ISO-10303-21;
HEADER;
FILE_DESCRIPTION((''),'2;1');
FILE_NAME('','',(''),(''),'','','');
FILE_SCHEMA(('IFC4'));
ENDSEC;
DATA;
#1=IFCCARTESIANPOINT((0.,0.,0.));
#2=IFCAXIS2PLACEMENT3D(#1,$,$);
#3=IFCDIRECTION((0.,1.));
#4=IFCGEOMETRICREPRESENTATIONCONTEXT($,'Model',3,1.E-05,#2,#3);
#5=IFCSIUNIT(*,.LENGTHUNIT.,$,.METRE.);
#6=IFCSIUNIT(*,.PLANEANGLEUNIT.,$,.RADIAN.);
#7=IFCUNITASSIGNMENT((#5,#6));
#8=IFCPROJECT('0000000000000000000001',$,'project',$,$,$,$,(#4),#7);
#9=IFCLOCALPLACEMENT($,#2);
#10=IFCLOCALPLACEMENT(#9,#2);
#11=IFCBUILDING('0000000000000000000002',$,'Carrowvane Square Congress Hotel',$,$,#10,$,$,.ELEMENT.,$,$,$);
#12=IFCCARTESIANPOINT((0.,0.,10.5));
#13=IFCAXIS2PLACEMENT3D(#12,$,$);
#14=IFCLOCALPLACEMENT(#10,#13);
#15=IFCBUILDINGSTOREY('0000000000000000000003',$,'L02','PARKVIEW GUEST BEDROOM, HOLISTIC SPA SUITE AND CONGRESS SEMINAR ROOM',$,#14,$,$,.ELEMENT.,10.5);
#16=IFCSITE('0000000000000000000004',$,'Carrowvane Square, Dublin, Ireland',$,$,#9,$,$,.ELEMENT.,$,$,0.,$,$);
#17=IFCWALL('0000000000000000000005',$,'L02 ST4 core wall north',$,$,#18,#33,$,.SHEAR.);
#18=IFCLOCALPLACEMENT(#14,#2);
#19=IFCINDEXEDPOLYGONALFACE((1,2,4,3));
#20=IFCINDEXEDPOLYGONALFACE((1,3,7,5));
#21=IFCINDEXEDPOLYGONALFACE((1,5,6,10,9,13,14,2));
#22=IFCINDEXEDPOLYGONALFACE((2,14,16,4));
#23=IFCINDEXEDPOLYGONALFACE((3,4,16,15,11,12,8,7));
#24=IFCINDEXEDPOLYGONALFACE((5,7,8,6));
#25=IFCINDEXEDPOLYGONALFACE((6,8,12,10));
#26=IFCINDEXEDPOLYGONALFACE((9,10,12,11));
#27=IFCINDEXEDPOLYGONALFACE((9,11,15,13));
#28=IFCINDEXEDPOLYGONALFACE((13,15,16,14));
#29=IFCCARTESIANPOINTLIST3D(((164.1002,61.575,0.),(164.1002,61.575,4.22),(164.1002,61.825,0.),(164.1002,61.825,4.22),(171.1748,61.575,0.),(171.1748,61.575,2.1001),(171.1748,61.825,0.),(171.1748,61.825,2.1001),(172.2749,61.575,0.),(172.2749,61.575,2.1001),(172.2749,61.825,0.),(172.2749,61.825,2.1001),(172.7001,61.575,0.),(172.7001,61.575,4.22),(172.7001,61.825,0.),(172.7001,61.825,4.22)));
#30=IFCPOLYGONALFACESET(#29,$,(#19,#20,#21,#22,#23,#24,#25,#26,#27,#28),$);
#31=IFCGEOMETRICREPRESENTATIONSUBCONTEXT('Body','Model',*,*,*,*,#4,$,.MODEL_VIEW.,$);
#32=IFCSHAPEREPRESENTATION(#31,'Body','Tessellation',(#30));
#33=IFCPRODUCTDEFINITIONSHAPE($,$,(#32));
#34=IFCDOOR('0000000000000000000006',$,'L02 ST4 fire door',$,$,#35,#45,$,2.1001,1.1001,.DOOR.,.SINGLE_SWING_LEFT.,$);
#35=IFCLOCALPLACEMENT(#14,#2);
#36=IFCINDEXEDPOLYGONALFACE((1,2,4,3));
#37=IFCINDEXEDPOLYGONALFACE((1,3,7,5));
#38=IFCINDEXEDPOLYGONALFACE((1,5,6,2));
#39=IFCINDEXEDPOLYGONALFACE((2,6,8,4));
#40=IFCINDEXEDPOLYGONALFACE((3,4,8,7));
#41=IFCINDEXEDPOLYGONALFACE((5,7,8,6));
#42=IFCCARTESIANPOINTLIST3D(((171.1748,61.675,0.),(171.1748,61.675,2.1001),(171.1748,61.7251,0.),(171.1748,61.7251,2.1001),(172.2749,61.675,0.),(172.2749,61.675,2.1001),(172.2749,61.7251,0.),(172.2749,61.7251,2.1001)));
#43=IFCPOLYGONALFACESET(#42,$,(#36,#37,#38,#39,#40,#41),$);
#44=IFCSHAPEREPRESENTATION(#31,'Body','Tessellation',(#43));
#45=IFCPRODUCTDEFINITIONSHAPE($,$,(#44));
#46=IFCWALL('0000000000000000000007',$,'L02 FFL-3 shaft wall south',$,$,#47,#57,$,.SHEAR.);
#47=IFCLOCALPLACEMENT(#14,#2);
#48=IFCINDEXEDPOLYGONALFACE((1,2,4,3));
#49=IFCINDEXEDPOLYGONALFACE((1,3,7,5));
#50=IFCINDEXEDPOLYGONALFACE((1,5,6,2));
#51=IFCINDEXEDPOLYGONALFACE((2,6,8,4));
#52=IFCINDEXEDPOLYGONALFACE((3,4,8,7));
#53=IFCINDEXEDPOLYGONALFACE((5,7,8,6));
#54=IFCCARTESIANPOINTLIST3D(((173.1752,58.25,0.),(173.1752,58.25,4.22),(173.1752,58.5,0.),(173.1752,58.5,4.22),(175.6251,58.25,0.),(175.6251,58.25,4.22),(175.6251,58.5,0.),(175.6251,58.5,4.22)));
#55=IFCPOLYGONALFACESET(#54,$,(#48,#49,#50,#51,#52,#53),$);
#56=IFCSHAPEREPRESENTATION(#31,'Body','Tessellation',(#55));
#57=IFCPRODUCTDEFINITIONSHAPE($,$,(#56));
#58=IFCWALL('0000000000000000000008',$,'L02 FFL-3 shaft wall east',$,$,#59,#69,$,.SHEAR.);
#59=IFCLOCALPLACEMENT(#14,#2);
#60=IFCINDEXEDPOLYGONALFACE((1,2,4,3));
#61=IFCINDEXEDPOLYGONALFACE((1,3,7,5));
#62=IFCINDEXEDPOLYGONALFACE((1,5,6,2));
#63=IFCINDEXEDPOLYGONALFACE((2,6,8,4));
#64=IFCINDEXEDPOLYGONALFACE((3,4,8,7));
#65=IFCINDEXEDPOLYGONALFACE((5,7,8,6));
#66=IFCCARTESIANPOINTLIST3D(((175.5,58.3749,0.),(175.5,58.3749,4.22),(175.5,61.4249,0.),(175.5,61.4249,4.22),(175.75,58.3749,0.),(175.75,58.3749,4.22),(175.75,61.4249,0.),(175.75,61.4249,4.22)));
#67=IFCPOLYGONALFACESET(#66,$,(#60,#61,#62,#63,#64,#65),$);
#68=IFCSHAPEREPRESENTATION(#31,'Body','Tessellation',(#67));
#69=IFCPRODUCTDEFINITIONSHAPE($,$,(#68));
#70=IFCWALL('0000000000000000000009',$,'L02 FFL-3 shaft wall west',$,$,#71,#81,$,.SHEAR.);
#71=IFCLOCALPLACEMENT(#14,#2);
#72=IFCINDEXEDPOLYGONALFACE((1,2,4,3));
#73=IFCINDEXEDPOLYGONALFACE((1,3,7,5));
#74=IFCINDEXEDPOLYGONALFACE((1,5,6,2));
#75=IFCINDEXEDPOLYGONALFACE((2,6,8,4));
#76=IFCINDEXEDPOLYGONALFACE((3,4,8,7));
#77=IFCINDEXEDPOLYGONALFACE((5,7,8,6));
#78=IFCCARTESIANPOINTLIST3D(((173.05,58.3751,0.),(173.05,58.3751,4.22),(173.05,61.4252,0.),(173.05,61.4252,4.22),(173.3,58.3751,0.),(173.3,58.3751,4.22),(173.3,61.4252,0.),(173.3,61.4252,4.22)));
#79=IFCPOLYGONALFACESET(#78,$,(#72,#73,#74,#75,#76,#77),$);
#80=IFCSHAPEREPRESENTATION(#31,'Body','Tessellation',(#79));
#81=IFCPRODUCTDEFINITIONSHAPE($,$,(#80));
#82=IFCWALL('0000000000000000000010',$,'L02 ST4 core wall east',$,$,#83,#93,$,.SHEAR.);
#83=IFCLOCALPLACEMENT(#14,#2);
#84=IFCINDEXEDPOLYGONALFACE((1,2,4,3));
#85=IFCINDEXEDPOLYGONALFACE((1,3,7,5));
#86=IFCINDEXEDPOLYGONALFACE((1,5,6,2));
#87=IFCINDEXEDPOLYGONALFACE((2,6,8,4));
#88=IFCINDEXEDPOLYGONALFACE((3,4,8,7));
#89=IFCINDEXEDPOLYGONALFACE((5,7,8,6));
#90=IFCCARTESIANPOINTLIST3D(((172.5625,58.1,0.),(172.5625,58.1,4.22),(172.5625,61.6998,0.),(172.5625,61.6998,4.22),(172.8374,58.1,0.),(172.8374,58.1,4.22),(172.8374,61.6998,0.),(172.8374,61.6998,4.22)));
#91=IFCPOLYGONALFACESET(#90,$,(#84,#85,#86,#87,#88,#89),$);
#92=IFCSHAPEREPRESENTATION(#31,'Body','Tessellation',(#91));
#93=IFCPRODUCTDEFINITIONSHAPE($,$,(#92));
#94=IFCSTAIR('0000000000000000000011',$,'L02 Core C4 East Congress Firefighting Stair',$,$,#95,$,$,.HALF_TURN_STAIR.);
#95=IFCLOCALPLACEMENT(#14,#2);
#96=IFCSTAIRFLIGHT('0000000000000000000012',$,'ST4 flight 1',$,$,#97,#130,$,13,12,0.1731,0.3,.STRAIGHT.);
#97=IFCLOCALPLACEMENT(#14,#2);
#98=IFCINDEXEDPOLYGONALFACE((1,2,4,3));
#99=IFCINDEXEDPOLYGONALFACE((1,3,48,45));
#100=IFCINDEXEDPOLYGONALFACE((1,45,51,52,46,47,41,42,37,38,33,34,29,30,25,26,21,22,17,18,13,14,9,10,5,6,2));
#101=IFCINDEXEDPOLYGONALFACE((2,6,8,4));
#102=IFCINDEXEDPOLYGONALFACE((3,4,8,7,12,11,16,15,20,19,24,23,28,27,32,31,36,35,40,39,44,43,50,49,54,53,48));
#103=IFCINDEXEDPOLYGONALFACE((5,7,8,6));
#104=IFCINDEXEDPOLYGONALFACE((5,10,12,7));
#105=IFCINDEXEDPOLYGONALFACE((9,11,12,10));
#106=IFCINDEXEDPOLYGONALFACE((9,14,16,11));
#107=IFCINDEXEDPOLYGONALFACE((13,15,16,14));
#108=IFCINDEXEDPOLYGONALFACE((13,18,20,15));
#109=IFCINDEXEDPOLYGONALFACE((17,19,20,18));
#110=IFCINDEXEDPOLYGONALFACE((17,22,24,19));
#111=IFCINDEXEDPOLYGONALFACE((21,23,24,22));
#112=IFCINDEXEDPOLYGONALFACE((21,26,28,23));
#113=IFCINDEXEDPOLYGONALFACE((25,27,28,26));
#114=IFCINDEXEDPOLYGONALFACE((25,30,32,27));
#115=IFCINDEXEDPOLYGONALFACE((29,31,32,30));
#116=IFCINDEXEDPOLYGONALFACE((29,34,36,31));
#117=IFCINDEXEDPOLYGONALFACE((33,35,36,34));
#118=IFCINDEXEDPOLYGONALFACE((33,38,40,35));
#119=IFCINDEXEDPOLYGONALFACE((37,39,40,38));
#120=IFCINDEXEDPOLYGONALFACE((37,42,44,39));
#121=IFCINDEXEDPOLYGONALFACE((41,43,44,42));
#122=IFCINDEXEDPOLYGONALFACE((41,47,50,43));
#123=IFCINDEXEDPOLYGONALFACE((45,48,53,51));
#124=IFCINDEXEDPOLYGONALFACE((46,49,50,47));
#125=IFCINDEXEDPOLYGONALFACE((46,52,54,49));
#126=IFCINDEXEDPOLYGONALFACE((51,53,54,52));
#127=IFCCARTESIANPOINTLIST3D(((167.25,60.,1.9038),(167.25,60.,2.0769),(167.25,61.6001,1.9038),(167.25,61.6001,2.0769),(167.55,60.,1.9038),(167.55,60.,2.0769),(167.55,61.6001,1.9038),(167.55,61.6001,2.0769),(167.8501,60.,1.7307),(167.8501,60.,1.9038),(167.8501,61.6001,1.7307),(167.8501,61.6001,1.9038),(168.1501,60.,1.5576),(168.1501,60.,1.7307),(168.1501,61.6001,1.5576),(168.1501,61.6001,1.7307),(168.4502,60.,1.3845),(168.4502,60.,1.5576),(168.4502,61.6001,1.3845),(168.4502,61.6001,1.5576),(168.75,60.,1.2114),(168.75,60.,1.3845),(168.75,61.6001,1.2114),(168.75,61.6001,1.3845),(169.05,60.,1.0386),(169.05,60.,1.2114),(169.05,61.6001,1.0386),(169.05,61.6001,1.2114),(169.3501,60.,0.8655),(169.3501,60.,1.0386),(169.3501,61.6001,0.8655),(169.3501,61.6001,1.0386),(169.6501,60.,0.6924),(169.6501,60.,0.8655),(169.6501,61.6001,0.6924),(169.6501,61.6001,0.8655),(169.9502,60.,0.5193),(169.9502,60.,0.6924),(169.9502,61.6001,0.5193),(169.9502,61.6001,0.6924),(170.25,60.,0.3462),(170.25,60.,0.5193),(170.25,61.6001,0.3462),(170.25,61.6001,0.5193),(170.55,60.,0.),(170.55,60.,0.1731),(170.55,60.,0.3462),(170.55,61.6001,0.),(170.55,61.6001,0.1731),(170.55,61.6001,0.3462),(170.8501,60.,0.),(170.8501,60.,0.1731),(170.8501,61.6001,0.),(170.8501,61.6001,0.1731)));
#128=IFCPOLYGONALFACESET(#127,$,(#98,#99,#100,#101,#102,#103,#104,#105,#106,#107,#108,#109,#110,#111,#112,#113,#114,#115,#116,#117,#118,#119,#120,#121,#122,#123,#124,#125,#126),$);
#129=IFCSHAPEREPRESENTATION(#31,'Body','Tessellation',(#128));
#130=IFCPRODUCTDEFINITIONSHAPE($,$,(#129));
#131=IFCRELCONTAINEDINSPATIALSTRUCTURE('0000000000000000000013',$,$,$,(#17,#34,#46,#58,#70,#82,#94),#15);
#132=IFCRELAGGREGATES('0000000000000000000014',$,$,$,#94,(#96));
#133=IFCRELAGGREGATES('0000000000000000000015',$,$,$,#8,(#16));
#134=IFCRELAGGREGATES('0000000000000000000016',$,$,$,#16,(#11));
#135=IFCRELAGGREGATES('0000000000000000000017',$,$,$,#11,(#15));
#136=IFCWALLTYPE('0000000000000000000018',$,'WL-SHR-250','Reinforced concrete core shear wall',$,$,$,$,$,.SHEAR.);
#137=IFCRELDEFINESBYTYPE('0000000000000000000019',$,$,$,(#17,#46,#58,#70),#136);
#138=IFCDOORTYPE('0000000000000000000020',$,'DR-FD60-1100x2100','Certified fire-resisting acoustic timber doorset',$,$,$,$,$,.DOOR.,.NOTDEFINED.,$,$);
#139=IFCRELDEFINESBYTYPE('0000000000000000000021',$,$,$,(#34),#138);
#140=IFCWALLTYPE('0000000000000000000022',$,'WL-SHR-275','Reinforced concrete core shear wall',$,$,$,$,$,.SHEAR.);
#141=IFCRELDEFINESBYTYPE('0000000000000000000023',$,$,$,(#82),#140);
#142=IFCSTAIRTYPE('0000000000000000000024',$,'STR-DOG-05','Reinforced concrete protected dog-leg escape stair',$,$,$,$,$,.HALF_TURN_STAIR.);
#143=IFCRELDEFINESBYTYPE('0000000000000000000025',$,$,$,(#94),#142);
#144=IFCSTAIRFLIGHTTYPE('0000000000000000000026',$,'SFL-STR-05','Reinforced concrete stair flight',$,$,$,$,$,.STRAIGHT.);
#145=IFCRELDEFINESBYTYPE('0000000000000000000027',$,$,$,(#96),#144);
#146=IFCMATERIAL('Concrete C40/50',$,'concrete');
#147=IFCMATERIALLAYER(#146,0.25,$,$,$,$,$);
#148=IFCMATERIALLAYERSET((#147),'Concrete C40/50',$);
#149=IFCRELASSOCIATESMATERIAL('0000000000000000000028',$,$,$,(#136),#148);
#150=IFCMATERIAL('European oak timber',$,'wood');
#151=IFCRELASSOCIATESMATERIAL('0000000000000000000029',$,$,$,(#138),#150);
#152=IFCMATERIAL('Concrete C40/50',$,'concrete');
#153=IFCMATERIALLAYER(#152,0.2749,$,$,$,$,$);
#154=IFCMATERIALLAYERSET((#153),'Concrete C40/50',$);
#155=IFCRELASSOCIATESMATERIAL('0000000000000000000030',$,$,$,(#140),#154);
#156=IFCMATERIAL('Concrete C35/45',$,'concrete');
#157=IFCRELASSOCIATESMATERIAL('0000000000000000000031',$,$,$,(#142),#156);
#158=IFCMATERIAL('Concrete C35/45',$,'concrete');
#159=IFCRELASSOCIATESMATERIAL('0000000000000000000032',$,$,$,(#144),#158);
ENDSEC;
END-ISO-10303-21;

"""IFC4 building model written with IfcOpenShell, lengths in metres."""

from ifc_helpers import new_model, si_unit, direction, frame, frame_2d, origin, place, context, subcontext, project, spatial, polyline, rectangle, outline, extrude, material, layer, layer_set, type_object, element, fill, aggregate, save


model = new_model("IFC4")

# Units and contexts
model_context = context("Model", 3, precision=1e-05, world=origin(), true_north=direction((0.0, 1.0)))
body_context = subcontext(model_context, "Body", "Model", "MODEL_VIEW")
ifc_project = project(units=[si_unit("LENGTHUNIT", "METRE"), si_unit("PLANEANGLEUNIT", "RADIAN")], contexts=[model_context])

# Site, building, storey
site_placement = place(None, origin())
site = spatial("IfcSite", under=ifc_project, at=site_placement, Name="Carrowvane Square, Dublin, Ireland", CompositionType="ELEMENT", RefElevation=0.0)
building_placement = place(site_placement, origin())
building = spatial("IfcBuilding", under=site, at=building_placement, Name="Carrowvane Square Congress Hotel", CompositionType="ELEMENT")
storey_placement = place(building_placement, frame((0.0, 0.0, 10.5)))
storey = spatial("IfcBuildingStorey", under=building, at=storey_placement, Name="L02", Description="PARKVIEW GUEST BEDROOM, HOLISTIC SPA SUITE AND CONGRESS SEMINAR ROOM", CompositionType="ELEMENT", Elevation=10.5)

# Wall, opening, door
ifc_material_1 = material(Name="Concrete C40/50", Category="concrete")
ifc_layer_1 = layer(ifc_material_1, 0.25)
ifc_layer_set_1 = layer_set([ifc_layer_1], Name="Concrete C40/50")
wall_type_1 = type_object("IfcWallType", Name="WL-SHR-250", Description="Reinforced concrete core shear wall", PredefinedType="SHEAR", material=ifc_layer_set_1)
wall_1_placement = place(storey_placement, frame((172.7, 61.7, 0.0), z_axis=(0.0, 0.0, 1.0), x_axis=(-1.0, 0.0, 0.0)))
wall_1 = element("IfcWall", 1, at=wall_1_placement, inside=storey, type_object=wall_type_1, Name="L02 ST4 core wall north", PredefinedType="SHEAR", context=body_context, shape_type="SweptSolid", body=[
    extrude(rectangle(XDim=8.5999, YDim=0.25, at=frame_2d((4.2998, 0.0))), origin(), (0.0, 0.0, 1.0), 4.22),
])
opening_1_placement = place(wall_1_placement, frame((0.425, 0.0, 0.0)))
opening_1 = element("IfcOpeningElement", 2, at=opening_1_placement, cuts=wall_1, PredefinedType="OPENING", context=body_context, shape_type="SweptSolid", body=[
    extrude(rectangle(XDim=1.1001, YDim=2.1001, at=frame_2d((0.55, 1.05))), frame((0.0, 0.135, 0.0), z_axis=(0.0, -1.0, 0.0), x_axis=(1.0, 0.0, 0.0)), (0.0, 0.0, 1.0), 0.27),
])
ifc_material_2 = material(Name="European oak timber", Category="wood")
door_type_1 = type_object("IfcDoorType", Name="DR-FD60-1100x2100", Description="Certified fire-resisting acoustic timber doorset", OperationType="NOTDEFINED", PredefinedType="DOOR", material=ifc_material_2)
door_1_placement = place(opening_1_placement, origin())
door_1 = element("IfcDoor", 3, at=door_1_placement, inside=storey, type_object=door_type_1, Name="L02 ST4 fire door", OperationType="SINGLE_SWING_LEFT", OverallHeight=2.1001, OverallWidth=1.1001, PredefinedType="DOOR", context=body_context, shape_type="SweptSolid", body=[
    extrude(rectangle(XDim=1.1001, YDim=2.1001, at=frame_2d((0.55, 1.05))), frame((0.0, 0.0249, 0.0), z_axis=(0.0, -1.0, 0.0), x_axis=(1.0, 0.0, 0.0)), (0.0, 0.0, 1.0), 0.05),
])
fill(opening_1, door_1)

# Walls
wall_2_placement = place(storey_placement, frame((173.175, 58.375, 0.0), z_axis=(0.0, 0.0, 1.0), x_axis=(1.0, 0.0, 0.0)))
element("IfcWall", 4, at=wall_2_placement, inside=storey, type_object=wall_type_1, Name="L02 FFL-3 shaft wall south", PredefinedType="SHEAR", context=body_context, shape_type="SweptSolid", body=[
    extrude(rectangle(XDim=2.45, YDim=0.25, at=frame_2d((1.2251, 0.0))), origin(), (0.0, 0.0, 1.0), 4.22),
])
wall_3_placement = place(storey_placement, frame((175.625, 58.375, 0.0), z_axis=(0.0, 0.0, 1.0), x_axis=(0.0, 1.0, 0.0)))
element("IfcWall", 5, at=wall_3_placement, inside=storey, type_object=wall_type_1, Name="L02 FFL-3 shaft wall east", PredefinedType="SHEAR", context=body_context, shape_type="SweptSolid", body=[
    extrude(rectangle(XDim=3.05, YDim=0.25, at=frame_2d((1.5249, 0.0))), origin(), (0.0, 0.0, 1.0), 4.22),
])

# Walls
wall_4_placement = place(storey_placement, frame((173.175, 61.425, 0.0), z_axis=(0.0, 0.0, 1.0), x_axis=(0.0, -1.0, 0.0)))
element("IfcWall", 6, at=wall_4_placement, inside=storey, type_object=wall_type_1, Name="L02 FFL-3 shaft wall west", PredefinedType="SHEAR", context=body_context, shape_type="SweptSolid", body=[
    extrude(rectangle(XDim=3.05, YDim=0.25, at=frame_2d((1.5249, 0.0))), origin(), (0.0, 0.0, 1.0), 4.22),
])
ifc_material_3 = material(Name="Concrete C40/50", Category="concrete")
ifc_layer_2 = layer(ifc_material_3, 0.2749)
ifc_layer_set_2 = layer_set([ifc_layer_2], Name="Concrete C40/50")
wall_type_2 = type_object("IfcWallType", Name="WL-SHR-275", Description="Reinforced concrete core shear wall", PredefinedType="SHEAR", material=ifc_layer_set_2)
wall_5_placement = place(storey_placement, frame((172.7, 58.1001, 0.0), z_axis=(0.0, 0.0, 1.0), x_axis=(0.0, 1.0, 0.0)))
element("IfcWall", 7, at=wall_5_placement, inside=storey, type_object=wall_type_2, Name="L02 ST4 core wall east", PredefinedType="SHEAR", context=body_context, shape_type="SweptSolid", body=[
    extrude(rectangle(XDim=3.5999, YDim=0.2749, at=frame_2d((1.7998, 0.0))), origin(), (0.0, 0.0, 1.0), 4.22),
])

# Stair, stair flight
ifc_material_4 = material(Name="Concrete C35/45", Category="concrete")
stair_type = type_object("IfcStairType", Name="STR-DOG-05", Description="Reinforced concrete protected dog-leg escape stair", PredefinedType="HALF_TURN_STAIR", material=ifc_material_4)
stair_placement = place(storey_placement, origin())
stair = element("IfcStair", 8, at=stair_placement, inside=storey, type_object=stair_type, Name="L02 Core C4 East Congress Firefighting Stair", PredefinedType="HALF_TURN_STAIR")
ifc_material_5 = material(Name="Concrete C35/45", Category="concrete")
stair_flight_type = type_object("IfcStairFlightType", Name="SFL-STR-05", Description="Reinforced concrete stair flight", PredefinedType="STRAIGHT", material=ifc_material_5)
stair_flight_placement = place(storey_placement, frame((170.8501, 60.8, 0.0), z_axis=(0.0, 0.0, 1.0), x_axis=(-1.0, 0.0, 0.0)))
stair_flight = element("IfcStairFlight", 9, at=stair_flight_placement, type_object=stair_flight_type, Name="ST4 flight 1", NumberOfRisers=13, NumberOfTreads=12, PredefinedType="STRAIGHT", RiserHeight=0.1731, TreadLength=0.3, context=body_context, shape_type="SweptSolid", body=[
    extrude(outline(polyline([(0.0, 0.0), (0.0, 0.1731), (0.3, 0.1731), (0.3, 0.3462), (0.6001, 0.3462), (0.6001, 0.5193), (0.8999, 0.5193), (0.8999, 0.6924), (1.2, 0.6924), (1.2, 0.8655), (1.5, 0.8655), (1.5, 1.0386), (1.8, 1.0386), (1.8, 1.2114), (2.1001, 1.2114), (2.1001, 1.3845), (2.3999, 1.3845), (2.3999, 1.5576), (2.7, 1.5576), (2.7, 1.7307), (3.0, 1.7307), (3.0, 1.9038), (3.3, 1.9038), (3.3, 2.0769), (3.6001, 2.0769), (3.6001, 2.25), (3.6001, 1.9038), (0.3, 0.0), (0.0, 0.0)])), frame((0.0, 0.8, 0.0), z_axis=(0.0, -1.0, 0.0), x_axis=(1.0, 0.0, 0.0)), (0.0, 0.0, 1.0), 1.6001),
])
aggregate(stair, [stair_flight])

save(model, "model.ifc")
